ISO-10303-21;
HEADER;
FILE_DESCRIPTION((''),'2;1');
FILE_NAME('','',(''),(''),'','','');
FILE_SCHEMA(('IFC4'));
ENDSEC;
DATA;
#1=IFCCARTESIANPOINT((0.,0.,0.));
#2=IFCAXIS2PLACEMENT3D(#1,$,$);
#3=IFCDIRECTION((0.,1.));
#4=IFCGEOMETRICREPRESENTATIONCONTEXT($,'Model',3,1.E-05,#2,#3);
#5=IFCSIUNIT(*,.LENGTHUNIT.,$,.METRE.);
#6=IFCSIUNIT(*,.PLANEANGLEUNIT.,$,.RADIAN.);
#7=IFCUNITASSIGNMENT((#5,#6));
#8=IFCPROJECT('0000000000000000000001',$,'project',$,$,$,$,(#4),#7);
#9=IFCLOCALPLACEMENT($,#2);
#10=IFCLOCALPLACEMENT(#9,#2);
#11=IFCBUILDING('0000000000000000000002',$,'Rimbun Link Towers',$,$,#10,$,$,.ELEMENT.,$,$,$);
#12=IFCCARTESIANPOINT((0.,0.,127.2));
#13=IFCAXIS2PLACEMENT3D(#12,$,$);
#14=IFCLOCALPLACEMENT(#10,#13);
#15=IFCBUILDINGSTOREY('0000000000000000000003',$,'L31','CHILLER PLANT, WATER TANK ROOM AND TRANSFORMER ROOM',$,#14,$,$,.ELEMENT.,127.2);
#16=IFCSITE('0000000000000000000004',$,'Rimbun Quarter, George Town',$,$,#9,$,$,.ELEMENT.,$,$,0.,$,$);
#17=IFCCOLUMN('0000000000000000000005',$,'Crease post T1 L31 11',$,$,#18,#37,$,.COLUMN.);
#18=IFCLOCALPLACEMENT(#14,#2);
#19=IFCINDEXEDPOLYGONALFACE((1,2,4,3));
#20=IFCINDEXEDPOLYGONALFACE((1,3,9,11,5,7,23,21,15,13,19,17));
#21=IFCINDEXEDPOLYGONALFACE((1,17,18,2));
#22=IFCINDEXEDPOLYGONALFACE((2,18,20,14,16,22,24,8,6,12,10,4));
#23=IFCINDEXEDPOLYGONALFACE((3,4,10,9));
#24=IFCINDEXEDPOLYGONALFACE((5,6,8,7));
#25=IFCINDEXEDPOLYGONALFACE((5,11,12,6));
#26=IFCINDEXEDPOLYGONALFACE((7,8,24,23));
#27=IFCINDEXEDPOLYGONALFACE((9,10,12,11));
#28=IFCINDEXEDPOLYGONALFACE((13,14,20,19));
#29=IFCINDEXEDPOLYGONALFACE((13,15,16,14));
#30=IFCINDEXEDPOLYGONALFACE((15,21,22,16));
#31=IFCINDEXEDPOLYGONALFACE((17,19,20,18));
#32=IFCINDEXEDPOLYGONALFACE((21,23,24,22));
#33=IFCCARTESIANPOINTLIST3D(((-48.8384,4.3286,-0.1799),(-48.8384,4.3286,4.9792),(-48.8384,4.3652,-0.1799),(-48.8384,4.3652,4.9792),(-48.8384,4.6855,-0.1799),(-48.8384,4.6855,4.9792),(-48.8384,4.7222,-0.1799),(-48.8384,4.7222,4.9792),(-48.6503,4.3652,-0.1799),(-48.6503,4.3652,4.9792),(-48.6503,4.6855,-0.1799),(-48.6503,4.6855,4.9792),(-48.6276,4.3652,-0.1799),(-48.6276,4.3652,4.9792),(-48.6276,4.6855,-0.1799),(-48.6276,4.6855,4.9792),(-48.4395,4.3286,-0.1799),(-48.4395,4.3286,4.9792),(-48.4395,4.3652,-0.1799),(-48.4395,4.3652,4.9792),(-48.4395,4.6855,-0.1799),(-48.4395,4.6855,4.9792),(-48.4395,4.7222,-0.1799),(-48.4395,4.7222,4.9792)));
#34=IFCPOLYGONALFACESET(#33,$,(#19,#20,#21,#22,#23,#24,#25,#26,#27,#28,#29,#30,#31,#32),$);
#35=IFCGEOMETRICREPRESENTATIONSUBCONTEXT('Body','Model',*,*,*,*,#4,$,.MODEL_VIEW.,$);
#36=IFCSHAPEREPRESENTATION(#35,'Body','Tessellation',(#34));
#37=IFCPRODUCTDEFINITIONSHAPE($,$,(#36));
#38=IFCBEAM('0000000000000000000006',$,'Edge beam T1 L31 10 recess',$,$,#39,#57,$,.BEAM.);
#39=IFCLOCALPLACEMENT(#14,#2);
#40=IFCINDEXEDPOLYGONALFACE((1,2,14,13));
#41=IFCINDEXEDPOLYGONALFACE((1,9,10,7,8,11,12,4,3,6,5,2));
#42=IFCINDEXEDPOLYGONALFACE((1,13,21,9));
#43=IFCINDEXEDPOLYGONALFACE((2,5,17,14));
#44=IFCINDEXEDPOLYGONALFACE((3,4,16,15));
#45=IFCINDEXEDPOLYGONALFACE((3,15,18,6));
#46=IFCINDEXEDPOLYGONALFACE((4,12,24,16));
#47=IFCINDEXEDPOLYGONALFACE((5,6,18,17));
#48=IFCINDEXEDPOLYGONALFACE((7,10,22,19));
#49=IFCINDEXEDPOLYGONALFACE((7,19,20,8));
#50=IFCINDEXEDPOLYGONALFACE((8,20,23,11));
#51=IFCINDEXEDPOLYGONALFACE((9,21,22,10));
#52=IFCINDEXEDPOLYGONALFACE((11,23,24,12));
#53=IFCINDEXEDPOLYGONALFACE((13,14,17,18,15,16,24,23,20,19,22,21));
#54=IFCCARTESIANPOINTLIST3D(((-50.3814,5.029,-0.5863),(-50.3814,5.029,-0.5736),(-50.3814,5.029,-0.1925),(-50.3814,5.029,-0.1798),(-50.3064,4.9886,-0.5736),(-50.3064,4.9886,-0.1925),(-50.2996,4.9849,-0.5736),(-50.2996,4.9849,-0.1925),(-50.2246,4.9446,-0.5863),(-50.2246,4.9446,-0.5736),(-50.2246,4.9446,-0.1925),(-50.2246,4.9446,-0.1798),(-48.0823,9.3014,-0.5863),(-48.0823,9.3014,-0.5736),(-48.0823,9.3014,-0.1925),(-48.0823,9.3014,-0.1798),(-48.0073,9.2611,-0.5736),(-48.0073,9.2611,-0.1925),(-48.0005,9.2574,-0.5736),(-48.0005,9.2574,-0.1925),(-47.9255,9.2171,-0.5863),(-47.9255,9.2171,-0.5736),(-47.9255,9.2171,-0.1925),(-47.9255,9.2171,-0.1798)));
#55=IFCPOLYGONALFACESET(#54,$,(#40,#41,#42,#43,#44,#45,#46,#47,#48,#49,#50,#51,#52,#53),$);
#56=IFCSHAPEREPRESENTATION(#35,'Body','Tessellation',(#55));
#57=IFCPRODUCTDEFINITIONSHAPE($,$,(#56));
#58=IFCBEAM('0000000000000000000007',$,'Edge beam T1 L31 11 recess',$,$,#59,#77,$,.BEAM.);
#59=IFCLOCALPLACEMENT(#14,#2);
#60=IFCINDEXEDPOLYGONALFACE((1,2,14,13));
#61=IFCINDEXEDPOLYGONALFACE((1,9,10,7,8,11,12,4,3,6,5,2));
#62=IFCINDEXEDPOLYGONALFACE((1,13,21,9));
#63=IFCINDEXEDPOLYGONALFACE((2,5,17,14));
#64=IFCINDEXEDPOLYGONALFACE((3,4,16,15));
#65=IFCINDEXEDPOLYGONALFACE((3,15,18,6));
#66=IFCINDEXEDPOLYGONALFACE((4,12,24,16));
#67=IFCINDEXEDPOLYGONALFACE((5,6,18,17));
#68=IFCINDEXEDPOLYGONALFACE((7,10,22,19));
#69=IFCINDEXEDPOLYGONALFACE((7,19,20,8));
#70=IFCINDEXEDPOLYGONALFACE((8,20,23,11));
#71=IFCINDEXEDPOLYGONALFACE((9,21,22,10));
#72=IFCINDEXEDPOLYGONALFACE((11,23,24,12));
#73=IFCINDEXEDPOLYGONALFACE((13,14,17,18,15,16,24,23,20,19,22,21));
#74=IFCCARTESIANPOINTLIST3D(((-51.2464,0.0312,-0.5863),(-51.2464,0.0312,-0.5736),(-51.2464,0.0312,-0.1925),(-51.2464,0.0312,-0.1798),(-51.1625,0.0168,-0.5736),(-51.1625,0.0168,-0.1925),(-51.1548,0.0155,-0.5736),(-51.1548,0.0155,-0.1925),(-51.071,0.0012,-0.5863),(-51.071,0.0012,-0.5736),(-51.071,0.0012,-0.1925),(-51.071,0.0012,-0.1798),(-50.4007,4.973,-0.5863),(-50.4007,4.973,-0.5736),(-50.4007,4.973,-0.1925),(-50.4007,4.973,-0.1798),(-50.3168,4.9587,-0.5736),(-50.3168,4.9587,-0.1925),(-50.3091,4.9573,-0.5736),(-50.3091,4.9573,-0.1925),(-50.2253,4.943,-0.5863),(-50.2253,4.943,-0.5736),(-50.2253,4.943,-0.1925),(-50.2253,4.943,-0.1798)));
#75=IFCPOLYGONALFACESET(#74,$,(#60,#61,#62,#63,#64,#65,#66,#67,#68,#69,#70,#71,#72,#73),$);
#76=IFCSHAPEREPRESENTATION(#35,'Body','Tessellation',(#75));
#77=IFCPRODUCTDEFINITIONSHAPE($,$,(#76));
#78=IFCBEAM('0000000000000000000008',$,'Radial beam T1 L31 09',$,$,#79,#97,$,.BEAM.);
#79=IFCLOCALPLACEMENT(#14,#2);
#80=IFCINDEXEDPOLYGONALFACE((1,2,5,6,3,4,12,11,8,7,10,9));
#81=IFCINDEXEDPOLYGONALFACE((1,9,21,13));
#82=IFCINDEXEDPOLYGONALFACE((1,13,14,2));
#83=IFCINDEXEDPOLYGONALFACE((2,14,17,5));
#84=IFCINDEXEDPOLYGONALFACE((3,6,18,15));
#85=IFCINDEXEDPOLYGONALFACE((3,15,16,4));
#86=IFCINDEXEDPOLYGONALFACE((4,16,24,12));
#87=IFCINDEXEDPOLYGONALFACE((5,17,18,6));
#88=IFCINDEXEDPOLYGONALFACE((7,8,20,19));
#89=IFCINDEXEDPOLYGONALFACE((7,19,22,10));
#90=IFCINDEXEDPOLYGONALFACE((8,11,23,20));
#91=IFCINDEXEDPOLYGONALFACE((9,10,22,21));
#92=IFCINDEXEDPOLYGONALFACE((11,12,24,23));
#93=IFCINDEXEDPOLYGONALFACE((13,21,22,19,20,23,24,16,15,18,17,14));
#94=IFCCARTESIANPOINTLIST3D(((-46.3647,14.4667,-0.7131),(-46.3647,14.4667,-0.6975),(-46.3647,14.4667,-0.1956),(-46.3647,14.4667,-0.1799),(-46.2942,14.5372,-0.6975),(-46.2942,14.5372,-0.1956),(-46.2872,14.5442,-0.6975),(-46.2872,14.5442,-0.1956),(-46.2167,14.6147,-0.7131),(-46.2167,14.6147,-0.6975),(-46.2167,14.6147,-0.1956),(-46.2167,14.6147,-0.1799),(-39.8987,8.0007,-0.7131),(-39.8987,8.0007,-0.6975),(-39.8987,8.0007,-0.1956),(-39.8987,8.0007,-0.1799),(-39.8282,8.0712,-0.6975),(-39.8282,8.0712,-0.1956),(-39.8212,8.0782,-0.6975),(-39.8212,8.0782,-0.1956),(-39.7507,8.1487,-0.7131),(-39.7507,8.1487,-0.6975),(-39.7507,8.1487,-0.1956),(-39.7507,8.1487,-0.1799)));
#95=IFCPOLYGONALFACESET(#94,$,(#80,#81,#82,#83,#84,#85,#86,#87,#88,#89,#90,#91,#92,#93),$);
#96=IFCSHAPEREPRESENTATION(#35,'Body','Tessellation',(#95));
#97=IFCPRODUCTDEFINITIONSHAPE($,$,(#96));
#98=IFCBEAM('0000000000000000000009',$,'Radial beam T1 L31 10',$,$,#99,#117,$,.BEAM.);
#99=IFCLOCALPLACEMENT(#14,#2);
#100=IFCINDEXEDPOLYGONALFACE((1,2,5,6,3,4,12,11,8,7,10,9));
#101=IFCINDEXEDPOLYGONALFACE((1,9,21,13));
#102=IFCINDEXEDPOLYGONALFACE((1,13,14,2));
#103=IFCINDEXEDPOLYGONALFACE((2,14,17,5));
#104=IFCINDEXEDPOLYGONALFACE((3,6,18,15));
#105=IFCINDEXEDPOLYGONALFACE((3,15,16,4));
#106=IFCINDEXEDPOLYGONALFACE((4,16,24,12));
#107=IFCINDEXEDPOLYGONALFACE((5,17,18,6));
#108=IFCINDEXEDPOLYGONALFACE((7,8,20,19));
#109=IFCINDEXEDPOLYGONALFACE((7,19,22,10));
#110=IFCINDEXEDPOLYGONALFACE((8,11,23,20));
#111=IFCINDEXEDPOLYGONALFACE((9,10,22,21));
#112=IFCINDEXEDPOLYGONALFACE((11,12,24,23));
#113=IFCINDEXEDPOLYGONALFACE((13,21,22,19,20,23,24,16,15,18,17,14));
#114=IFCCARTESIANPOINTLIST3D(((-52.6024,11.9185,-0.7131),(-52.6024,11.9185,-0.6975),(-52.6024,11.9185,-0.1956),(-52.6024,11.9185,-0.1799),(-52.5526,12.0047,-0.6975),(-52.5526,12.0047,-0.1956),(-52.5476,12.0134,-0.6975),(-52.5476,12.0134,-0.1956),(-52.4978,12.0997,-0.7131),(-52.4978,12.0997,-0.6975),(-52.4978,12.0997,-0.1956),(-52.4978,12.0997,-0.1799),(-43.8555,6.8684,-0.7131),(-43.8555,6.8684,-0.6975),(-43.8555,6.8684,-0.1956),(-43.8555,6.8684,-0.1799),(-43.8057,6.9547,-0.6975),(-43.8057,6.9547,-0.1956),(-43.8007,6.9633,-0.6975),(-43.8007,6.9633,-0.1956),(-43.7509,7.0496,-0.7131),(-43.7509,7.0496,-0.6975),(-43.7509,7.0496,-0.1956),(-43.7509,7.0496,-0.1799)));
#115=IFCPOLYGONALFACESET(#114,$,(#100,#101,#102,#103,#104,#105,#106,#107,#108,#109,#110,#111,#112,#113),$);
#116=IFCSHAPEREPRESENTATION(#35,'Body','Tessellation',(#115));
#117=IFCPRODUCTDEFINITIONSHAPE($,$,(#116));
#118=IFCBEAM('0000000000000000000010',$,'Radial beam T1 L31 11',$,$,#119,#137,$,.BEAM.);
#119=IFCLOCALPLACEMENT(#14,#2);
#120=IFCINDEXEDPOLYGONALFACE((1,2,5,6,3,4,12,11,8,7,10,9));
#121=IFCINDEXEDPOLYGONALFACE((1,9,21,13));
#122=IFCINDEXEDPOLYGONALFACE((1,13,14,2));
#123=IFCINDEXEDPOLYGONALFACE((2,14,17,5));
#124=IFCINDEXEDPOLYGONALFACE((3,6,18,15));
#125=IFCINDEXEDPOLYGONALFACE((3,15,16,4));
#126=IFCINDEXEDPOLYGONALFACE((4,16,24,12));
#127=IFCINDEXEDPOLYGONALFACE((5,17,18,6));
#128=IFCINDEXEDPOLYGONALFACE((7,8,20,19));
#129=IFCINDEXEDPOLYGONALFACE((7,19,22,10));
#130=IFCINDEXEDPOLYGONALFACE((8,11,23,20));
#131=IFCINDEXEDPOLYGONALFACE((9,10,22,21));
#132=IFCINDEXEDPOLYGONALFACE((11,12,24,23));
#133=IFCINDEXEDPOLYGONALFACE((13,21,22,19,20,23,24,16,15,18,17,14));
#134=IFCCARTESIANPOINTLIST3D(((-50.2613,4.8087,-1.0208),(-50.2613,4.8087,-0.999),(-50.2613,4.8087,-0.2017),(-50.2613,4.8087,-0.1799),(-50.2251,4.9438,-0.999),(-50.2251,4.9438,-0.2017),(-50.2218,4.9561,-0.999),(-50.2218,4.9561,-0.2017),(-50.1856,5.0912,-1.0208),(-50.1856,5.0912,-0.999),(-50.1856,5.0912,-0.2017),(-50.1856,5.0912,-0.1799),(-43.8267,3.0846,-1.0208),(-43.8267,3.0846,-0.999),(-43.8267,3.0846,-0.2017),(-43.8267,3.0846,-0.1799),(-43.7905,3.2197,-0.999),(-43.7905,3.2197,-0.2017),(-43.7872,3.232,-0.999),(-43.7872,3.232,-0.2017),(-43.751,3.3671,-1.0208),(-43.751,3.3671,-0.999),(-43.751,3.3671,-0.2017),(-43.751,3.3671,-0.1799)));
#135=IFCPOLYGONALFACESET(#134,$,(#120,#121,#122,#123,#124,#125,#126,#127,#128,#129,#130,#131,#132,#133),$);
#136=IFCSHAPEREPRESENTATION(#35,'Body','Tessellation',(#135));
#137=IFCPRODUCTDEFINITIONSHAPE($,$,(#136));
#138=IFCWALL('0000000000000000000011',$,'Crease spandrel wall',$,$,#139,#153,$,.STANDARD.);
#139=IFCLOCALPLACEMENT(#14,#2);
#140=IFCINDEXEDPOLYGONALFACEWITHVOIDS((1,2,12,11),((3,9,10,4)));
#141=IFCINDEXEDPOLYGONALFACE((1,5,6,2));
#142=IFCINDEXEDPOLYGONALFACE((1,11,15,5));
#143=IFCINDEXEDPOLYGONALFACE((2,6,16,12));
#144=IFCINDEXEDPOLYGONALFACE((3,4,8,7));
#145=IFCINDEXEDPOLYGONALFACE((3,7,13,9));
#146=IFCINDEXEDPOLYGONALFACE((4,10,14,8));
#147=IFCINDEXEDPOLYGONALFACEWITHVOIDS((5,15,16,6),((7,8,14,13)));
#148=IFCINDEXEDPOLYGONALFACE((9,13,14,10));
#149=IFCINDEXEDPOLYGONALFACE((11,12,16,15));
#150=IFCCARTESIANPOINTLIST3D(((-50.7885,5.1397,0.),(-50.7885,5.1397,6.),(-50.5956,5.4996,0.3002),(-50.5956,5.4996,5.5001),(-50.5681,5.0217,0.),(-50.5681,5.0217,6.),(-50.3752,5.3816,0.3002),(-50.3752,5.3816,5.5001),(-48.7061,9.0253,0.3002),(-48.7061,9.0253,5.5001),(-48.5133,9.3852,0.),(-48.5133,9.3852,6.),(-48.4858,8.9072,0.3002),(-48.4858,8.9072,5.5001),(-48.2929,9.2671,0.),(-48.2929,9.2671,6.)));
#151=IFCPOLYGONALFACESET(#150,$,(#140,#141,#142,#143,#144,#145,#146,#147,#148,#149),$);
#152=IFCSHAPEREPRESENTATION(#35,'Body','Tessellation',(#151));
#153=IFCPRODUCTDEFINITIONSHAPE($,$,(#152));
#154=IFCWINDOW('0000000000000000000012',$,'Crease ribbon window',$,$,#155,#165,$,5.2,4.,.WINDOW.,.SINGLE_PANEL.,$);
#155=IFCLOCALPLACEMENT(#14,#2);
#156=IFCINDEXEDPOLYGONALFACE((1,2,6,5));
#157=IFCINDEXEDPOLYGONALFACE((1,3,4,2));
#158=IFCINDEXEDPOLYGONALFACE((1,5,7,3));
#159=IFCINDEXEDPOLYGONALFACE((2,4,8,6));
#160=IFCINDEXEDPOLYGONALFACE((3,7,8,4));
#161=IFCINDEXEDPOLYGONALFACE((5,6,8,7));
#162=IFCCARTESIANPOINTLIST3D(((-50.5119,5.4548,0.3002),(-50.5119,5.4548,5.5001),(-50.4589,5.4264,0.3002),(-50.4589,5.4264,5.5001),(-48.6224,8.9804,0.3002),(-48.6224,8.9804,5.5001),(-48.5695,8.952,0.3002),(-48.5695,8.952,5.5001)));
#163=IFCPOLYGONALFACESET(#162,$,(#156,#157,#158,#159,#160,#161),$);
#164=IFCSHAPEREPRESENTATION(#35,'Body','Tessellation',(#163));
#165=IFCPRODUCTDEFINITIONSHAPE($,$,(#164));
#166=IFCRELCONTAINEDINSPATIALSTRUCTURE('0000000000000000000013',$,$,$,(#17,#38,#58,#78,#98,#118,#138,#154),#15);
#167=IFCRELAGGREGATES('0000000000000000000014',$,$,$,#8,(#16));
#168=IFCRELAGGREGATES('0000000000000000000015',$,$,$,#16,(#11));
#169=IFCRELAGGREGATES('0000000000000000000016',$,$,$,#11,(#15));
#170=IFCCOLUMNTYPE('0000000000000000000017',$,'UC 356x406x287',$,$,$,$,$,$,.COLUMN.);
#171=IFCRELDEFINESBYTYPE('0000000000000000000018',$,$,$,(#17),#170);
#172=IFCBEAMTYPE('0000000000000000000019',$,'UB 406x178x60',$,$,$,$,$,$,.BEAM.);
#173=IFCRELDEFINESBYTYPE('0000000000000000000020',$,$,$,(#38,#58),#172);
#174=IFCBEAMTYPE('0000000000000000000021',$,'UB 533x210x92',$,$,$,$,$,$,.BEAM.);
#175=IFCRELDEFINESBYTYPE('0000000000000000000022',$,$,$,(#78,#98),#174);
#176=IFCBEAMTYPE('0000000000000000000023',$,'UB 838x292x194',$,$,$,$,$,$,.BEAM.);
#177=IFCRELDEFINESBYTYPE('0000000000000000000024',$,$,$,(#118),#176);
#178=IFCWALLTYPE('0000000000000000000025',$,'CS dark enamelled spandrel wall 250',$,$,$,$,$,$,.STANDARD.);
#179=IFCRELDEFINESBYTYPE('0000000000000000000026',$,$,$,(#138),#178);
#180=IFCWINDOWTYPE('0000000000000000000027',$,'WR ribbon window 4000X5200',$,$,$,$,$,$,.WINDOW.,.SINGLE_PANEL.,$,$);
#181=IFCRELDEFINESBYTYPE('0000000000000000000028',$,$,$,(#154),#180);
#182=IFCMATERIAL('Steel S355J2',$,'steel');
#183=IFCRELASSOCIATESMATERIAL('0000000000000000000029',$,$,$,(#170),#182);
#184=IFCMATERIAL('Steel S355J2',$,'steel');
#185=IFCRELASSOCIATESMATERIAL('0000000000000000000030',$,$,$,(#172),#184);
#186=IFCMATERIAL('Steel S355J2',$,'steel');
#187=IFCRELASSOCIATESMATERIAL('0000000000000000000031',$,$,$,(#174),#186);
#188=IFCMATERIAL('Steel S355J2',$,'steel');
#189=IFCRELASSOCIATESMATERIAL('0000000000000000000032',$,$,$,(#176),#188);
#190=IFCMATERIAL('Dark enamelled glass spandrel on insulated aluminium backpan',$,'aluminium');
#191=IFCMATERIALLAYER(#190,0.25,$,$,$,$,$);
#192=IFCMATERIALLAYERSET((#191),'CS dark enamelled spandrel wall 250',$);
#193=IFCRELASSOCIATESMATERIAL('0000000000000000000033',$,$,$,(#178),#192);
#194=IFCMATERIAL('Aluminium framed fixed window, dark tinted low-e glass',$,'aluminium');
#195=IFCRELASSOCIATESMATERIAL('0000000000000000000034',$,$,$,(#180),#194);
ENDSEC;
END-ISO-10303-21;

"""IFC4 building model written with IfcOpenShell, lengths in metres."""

from ifc_helpers import new_model, si_unit, direction, frame, frame_2d, origin, origin_2d, place, context, subcontext, project, spatial, rectangle, i_section, extrude, material, layer, layer_set, material_profile, profile_set, type_object, element, fill, save


model = new_model("IFC4")

# Units and contexts
model_context = context("Model", 3, precision=1e-05, world=origin(), true_north=direction((0.0, 1.0)))
body_context = subcontext(model_context, "Body", "Model", "MODEL_VIEW")
ifc_project = project(units=[si_unit("LENGTHUNIT", "METRE"), si_unit("PLANEANGLEUNIT", "RADIAN")], contexts=[model_context])

# Site, building, storey
site_placement = place(None, origin())
site = spatial("IfcSite", under=ifc_project, at=site_placement, Name="Rimbun Quarter, George Town", CompositionType="ELEMENT", RefElevation=0.0)
building_placement = place(site_placement, origin())
building = spatial("IfcBuilding", under=site, at=building_placement, Name="Rimbun Link Towers", CompositionType="ELEMENT")
storey_placement = place(building_placement, frame((0.0, 0.0, 127.2)))
storey = spatial("IfcBuildingStorey", under=building, at=storey_placement, Name="L31", Description="CHILLER PLANT, WATER TANK ROOM AND TRANSFORMER ROOM", CompositionType="ELEMENT", Elevation=127.2)

# Column
ifc_material_1 = material(Name="Steel S355J2", Category="steel")
ifc_material_profile_1 = material_profile(ifc_material_1, i_section(OverallWidth=0.3989, OverallDepth=0.3936, WebThickness=0.0227, FlangeThickness=0.0366, at=origin_2d()), Name="UC 356x406x287")
ifc_profile_set_1 = profile_set([ifc_material_profile_1], Name="Steel S355J2")
column_type = type_object("IfcColumnType", Name="UC 356x406x287", PredefinedType="COLUMN", material=ifc_profile_set_1)
column_placement = place(storey_placement, frame((-48.6389, 4.5254, -0.1799), z_axis=(0.0, 0.0, 1.0), x_axis=(1.0, 0.0, 0.0)))
element("IfcColumn", 1, at=column_placement, inside=storey, type_object=column_type, Name="Crease post T1 L31 11", PredefinedType="COLUMN", context=body_context, shape_type="SweptSolid", body=[
    extrude(i_section(OverallWidth=0.3989, OverallDepth=0.3936, WebThickness=0.0227, FlangeThickness=0.0366, at=origin_2d()), origin(), (0.0, 0.0, 1.0), 5.1592),
])

# Beams
ifc_material_2 = material(Name="Steel S355J2", Category="steel")
ifc_material_profile_2 = material_profile(ifc_material_2, i_section(OverallWidth=0.178, OverallDepth=0.4065, WebThickness=0.0078, FlangeThickness=0.0127, at=origin_2d()), Name="UB 406x178x60")
ifc_profile_set_2 = profile_set([ifc_material_profile_2], Name="Steel S355J2")
beam_type_1 = type_object("IfcBeamType", Name="UB 406x178x60", PredefinedType="BEAM", material=ifc_profile_set_2)
beam_1_placement = place(storey_placement, frame((-48.0039, 9.2593, -0.3831), z_axis=(-0.473863, -0.880599, 0.0), x_axis=(0.880599, -0.473863, 0.0)))
element("IfcBeam", 2, at=beam_1_placement, inside=storey, type_object=beam_type_1, Name="Edge beam T1 L31 10 recess", PredefinedType="BEAM", context=body_context, shape_type="SweptSolid", body=[
    extrude(i_section(OverallWidth=0.178, OverallDepth=0.4065, WebThickness=0.0078, FlangeThickness=0.0127, at=origin_2d()), origin(), (0.0, 0.0, 1.0), 4.8518),
])
beam_2_placement = place(storey_placement, frame((-50.313, 4.958, -0.3831), z_axis=(-0.168677, -0.985671, 0.0), x_axis=(0.985671, -0.168677, 0.0)))
element("IfcBeam", 3, at=beam_2_placement, inside=storey, type_object=beam_type_1, Name="Edge beam T1 L31 11 recess", PredefinedType="BEAM", context=body_context, shape_type="SweptSolid", body=[
    extrude(i_section(OverallWidth=0.178, OverallDepth=0.4065, WebThickness=0.0078, FlangeThickness=0.0127, at=origin_2d()), origin(), (0.0, 0.0, 1.0), 5.0137),
])
ifc_material_3 = material(Name="Steel S355J2", Category="steel")
ifc_material_profile_3 = material_profile(ifc_material_3, i_section(OverallWidth=0.2092, OverallDepth=0.5332, WebThickness=0.01, FlangeThickness=0.0156, at=origin_2d()), Name="UB 533x210x92")
ifc_profile_set_3 = profile_set([ifc_material_profile_3], Name="Steel S355J2")
beam_type_2 = type_object("IfcBeamType", Name="UB 533x210x92", PredefinedType="BEAM", material=ifc_profile_set_3)
beam_3_placement = place(storey_placement, frame((-39.8247, 8.0747, -0.4465), z_axis=(-0.707107, 0.707107, 0.0), x_axis=(-0.707107, -0.707107, 0.0)))
element("IfcBeam", 4, at=beam_3_placement, inside=storey, type_object=beam_type_2, Name="Radial beam T1 L31 09", PredefinedType="BEAM", context=body_context, shape_type="SweptSolid", body=[
    extrude(i_section(OverallWidth=0.2092, OverallDepth=0.5332, WebThickness=0.01, FlangeThickness=0.0156, at=origin_2d()), origin(), (0.0, 0.0, 1.0), 9.1443),
])
beam_4_placement = place(storey_placement, frame((-43.8032, 6.959, -0.4465), z_axis=(-0.866023, 0.500005, 0.0), x_axis=(-0.500005, -0.866023, 0.0)))
element("IfcBeam", 5, at=beam_4_placement, inside=storey, type_object=beam_type_2, Name="Radial beam T1 L31 10", PredefinedType="BEAM", context=body_context, shape_type="SweptSolid", body=[
    extrude(i_section(OverallWidth=0.2092, OverallDepth=0.5332, WebThickness=0.01, FlangeThickness=0.0156, at=origin_2d()), origin(), (0.0, 0.0, 1.0), 10.1001),
])
ifc_material_4 = material(Name="Steel S355J2", Category="steel")
ifc_material_profile_4 = material_profile(ifc_material_4, i_section(OverallWidth=0.2925, OverallDepth=0.8408, WebThickness=0.0127, FlangeThickness=0.0217, at=origin_2d()), Name="UB 838x292x194")
ifc_profile_set_4 = profile_set([ifc_material_profile_4], Name="Steel S355J2")
beam_type_3 = type_object("IfcBeamType", Name="UB 838x292x194", PredefinedType="BEAM", material=ifc_profile_set_4)
beam_5_placement = place(storey_placement, frame((-43.7888, 3.2258, -0.6003), z_axis=(-0.965926, 0.258817, 0.0), x_axis=(-0.258817, -0.965926, 0.0)))
element("IfcBeam", 6, at=beam_5_placement, inside=storey, type_object=beam_type_3, Name="Radial beam T1 L31 11", PredefinedType="BEAM", context=body_context, shape_type="SweptSolid", body=[
    extrude(i_section(OverallWidth=0.2925, OverallDepth=0.8408, WebThickness=0.0127, FlangeThickness=0.0217, at=origin_2d()), origin(), (0.0, 0.0, 1.0), 6.6616),
])

# Wall, opening, window
ifc_material_5 = material(Name="Dark enamelled glass spandrel on insulated aluminium backpan", Category="aluminium")
ifc_layer_1 = layer(ifc_material_5, 0.25)
ifc_layer_set_1 = layer_set([ifc_layer_1], Name="CS dark enamelled spandrel wall 250")
wall_type_1 = type_object("IfcWallType", Name="CS dark enamelled spandrel wall 250", PredefinedType="STANDARD", material=ifc_layer_set_1)
wall_1_placement = place(storey_placement, frame((-50.6782, 5.0808, 0.0), z_axis=(0.0, 0.0, 1.0), x_axis=(0.472358, 0.881407, 0.0)))
wall_1 = element("IfcWall", 7, at=wall_1_placement, inside=storey, type_object=wall_type_1, Name="Crease spandrel wall", PredefinedType="STANDARD", context=body_context, shape_type="SweptSolid", body=[
    extrude(rectangle(XDim=4.8167, YDim=0.25, at=frame_2d((2.4082, 0.0))), origin(), (0.0, 0.0, 1.0), 6.0),
])
opening_1_placement = place(wall_1_placement, frame((0.4082, 0.0, 0.3)))
opening_1 = element("IfcOpeningElement", 8, at=opening_1_placement, cuts=wall_1, PredefinedType="OPENING", context=body_context, shape_type="SweptSolid", body=[
    extrude(rectangle(XDim=4.0, YDim=5.2, at=frame_2d((2.0, 2.6001))), frame((0.0, 0.135, 0.0), z_axis=(0.0, -1.0, 0.0), x_axis=(1.0, 0.0, 0.0)), (0.0, 0.0, 1.0), 0.27),
])
ifc_material_6 = material(Name="Aluminium framed fixed window, dark tinted low-e glass", Category="aluminium")
window_type_1 = type_object("IfcWindowType", Name="WR ribbon window 4000X5200", PartitioningType="SINGLE_PANEL", PredefinedType="WINDOW", material=ifc_material_6)
window_1_placement = place(opening_1_placement, origin())
window_1 = element("IfcWindow", 9, at=window_1_placement, inside=storey, type_object=window_type_1, Name="Crease ribbon window", OverallHeight=5.2, OverallWidth=4.0, PartitioningType="SINGLE_PANEL", PredefinedType="WINDOW", context=body_context, shape_type="SweptSolid", body=[
    extrude(rectangle(XDim=4.0, YDim=5.2, at=frame_2d((2.0, 2.6001))), frame((0.0, 0.03, 0.0), z_axis=(0.0, -1.0, 0.0), x_axis=(1.0, 0.0, 0.0)), (0.0, 0.0, 1.0), 0.0601),
])
fill(opening_1, window_1)

save(model, "model.ifc")
